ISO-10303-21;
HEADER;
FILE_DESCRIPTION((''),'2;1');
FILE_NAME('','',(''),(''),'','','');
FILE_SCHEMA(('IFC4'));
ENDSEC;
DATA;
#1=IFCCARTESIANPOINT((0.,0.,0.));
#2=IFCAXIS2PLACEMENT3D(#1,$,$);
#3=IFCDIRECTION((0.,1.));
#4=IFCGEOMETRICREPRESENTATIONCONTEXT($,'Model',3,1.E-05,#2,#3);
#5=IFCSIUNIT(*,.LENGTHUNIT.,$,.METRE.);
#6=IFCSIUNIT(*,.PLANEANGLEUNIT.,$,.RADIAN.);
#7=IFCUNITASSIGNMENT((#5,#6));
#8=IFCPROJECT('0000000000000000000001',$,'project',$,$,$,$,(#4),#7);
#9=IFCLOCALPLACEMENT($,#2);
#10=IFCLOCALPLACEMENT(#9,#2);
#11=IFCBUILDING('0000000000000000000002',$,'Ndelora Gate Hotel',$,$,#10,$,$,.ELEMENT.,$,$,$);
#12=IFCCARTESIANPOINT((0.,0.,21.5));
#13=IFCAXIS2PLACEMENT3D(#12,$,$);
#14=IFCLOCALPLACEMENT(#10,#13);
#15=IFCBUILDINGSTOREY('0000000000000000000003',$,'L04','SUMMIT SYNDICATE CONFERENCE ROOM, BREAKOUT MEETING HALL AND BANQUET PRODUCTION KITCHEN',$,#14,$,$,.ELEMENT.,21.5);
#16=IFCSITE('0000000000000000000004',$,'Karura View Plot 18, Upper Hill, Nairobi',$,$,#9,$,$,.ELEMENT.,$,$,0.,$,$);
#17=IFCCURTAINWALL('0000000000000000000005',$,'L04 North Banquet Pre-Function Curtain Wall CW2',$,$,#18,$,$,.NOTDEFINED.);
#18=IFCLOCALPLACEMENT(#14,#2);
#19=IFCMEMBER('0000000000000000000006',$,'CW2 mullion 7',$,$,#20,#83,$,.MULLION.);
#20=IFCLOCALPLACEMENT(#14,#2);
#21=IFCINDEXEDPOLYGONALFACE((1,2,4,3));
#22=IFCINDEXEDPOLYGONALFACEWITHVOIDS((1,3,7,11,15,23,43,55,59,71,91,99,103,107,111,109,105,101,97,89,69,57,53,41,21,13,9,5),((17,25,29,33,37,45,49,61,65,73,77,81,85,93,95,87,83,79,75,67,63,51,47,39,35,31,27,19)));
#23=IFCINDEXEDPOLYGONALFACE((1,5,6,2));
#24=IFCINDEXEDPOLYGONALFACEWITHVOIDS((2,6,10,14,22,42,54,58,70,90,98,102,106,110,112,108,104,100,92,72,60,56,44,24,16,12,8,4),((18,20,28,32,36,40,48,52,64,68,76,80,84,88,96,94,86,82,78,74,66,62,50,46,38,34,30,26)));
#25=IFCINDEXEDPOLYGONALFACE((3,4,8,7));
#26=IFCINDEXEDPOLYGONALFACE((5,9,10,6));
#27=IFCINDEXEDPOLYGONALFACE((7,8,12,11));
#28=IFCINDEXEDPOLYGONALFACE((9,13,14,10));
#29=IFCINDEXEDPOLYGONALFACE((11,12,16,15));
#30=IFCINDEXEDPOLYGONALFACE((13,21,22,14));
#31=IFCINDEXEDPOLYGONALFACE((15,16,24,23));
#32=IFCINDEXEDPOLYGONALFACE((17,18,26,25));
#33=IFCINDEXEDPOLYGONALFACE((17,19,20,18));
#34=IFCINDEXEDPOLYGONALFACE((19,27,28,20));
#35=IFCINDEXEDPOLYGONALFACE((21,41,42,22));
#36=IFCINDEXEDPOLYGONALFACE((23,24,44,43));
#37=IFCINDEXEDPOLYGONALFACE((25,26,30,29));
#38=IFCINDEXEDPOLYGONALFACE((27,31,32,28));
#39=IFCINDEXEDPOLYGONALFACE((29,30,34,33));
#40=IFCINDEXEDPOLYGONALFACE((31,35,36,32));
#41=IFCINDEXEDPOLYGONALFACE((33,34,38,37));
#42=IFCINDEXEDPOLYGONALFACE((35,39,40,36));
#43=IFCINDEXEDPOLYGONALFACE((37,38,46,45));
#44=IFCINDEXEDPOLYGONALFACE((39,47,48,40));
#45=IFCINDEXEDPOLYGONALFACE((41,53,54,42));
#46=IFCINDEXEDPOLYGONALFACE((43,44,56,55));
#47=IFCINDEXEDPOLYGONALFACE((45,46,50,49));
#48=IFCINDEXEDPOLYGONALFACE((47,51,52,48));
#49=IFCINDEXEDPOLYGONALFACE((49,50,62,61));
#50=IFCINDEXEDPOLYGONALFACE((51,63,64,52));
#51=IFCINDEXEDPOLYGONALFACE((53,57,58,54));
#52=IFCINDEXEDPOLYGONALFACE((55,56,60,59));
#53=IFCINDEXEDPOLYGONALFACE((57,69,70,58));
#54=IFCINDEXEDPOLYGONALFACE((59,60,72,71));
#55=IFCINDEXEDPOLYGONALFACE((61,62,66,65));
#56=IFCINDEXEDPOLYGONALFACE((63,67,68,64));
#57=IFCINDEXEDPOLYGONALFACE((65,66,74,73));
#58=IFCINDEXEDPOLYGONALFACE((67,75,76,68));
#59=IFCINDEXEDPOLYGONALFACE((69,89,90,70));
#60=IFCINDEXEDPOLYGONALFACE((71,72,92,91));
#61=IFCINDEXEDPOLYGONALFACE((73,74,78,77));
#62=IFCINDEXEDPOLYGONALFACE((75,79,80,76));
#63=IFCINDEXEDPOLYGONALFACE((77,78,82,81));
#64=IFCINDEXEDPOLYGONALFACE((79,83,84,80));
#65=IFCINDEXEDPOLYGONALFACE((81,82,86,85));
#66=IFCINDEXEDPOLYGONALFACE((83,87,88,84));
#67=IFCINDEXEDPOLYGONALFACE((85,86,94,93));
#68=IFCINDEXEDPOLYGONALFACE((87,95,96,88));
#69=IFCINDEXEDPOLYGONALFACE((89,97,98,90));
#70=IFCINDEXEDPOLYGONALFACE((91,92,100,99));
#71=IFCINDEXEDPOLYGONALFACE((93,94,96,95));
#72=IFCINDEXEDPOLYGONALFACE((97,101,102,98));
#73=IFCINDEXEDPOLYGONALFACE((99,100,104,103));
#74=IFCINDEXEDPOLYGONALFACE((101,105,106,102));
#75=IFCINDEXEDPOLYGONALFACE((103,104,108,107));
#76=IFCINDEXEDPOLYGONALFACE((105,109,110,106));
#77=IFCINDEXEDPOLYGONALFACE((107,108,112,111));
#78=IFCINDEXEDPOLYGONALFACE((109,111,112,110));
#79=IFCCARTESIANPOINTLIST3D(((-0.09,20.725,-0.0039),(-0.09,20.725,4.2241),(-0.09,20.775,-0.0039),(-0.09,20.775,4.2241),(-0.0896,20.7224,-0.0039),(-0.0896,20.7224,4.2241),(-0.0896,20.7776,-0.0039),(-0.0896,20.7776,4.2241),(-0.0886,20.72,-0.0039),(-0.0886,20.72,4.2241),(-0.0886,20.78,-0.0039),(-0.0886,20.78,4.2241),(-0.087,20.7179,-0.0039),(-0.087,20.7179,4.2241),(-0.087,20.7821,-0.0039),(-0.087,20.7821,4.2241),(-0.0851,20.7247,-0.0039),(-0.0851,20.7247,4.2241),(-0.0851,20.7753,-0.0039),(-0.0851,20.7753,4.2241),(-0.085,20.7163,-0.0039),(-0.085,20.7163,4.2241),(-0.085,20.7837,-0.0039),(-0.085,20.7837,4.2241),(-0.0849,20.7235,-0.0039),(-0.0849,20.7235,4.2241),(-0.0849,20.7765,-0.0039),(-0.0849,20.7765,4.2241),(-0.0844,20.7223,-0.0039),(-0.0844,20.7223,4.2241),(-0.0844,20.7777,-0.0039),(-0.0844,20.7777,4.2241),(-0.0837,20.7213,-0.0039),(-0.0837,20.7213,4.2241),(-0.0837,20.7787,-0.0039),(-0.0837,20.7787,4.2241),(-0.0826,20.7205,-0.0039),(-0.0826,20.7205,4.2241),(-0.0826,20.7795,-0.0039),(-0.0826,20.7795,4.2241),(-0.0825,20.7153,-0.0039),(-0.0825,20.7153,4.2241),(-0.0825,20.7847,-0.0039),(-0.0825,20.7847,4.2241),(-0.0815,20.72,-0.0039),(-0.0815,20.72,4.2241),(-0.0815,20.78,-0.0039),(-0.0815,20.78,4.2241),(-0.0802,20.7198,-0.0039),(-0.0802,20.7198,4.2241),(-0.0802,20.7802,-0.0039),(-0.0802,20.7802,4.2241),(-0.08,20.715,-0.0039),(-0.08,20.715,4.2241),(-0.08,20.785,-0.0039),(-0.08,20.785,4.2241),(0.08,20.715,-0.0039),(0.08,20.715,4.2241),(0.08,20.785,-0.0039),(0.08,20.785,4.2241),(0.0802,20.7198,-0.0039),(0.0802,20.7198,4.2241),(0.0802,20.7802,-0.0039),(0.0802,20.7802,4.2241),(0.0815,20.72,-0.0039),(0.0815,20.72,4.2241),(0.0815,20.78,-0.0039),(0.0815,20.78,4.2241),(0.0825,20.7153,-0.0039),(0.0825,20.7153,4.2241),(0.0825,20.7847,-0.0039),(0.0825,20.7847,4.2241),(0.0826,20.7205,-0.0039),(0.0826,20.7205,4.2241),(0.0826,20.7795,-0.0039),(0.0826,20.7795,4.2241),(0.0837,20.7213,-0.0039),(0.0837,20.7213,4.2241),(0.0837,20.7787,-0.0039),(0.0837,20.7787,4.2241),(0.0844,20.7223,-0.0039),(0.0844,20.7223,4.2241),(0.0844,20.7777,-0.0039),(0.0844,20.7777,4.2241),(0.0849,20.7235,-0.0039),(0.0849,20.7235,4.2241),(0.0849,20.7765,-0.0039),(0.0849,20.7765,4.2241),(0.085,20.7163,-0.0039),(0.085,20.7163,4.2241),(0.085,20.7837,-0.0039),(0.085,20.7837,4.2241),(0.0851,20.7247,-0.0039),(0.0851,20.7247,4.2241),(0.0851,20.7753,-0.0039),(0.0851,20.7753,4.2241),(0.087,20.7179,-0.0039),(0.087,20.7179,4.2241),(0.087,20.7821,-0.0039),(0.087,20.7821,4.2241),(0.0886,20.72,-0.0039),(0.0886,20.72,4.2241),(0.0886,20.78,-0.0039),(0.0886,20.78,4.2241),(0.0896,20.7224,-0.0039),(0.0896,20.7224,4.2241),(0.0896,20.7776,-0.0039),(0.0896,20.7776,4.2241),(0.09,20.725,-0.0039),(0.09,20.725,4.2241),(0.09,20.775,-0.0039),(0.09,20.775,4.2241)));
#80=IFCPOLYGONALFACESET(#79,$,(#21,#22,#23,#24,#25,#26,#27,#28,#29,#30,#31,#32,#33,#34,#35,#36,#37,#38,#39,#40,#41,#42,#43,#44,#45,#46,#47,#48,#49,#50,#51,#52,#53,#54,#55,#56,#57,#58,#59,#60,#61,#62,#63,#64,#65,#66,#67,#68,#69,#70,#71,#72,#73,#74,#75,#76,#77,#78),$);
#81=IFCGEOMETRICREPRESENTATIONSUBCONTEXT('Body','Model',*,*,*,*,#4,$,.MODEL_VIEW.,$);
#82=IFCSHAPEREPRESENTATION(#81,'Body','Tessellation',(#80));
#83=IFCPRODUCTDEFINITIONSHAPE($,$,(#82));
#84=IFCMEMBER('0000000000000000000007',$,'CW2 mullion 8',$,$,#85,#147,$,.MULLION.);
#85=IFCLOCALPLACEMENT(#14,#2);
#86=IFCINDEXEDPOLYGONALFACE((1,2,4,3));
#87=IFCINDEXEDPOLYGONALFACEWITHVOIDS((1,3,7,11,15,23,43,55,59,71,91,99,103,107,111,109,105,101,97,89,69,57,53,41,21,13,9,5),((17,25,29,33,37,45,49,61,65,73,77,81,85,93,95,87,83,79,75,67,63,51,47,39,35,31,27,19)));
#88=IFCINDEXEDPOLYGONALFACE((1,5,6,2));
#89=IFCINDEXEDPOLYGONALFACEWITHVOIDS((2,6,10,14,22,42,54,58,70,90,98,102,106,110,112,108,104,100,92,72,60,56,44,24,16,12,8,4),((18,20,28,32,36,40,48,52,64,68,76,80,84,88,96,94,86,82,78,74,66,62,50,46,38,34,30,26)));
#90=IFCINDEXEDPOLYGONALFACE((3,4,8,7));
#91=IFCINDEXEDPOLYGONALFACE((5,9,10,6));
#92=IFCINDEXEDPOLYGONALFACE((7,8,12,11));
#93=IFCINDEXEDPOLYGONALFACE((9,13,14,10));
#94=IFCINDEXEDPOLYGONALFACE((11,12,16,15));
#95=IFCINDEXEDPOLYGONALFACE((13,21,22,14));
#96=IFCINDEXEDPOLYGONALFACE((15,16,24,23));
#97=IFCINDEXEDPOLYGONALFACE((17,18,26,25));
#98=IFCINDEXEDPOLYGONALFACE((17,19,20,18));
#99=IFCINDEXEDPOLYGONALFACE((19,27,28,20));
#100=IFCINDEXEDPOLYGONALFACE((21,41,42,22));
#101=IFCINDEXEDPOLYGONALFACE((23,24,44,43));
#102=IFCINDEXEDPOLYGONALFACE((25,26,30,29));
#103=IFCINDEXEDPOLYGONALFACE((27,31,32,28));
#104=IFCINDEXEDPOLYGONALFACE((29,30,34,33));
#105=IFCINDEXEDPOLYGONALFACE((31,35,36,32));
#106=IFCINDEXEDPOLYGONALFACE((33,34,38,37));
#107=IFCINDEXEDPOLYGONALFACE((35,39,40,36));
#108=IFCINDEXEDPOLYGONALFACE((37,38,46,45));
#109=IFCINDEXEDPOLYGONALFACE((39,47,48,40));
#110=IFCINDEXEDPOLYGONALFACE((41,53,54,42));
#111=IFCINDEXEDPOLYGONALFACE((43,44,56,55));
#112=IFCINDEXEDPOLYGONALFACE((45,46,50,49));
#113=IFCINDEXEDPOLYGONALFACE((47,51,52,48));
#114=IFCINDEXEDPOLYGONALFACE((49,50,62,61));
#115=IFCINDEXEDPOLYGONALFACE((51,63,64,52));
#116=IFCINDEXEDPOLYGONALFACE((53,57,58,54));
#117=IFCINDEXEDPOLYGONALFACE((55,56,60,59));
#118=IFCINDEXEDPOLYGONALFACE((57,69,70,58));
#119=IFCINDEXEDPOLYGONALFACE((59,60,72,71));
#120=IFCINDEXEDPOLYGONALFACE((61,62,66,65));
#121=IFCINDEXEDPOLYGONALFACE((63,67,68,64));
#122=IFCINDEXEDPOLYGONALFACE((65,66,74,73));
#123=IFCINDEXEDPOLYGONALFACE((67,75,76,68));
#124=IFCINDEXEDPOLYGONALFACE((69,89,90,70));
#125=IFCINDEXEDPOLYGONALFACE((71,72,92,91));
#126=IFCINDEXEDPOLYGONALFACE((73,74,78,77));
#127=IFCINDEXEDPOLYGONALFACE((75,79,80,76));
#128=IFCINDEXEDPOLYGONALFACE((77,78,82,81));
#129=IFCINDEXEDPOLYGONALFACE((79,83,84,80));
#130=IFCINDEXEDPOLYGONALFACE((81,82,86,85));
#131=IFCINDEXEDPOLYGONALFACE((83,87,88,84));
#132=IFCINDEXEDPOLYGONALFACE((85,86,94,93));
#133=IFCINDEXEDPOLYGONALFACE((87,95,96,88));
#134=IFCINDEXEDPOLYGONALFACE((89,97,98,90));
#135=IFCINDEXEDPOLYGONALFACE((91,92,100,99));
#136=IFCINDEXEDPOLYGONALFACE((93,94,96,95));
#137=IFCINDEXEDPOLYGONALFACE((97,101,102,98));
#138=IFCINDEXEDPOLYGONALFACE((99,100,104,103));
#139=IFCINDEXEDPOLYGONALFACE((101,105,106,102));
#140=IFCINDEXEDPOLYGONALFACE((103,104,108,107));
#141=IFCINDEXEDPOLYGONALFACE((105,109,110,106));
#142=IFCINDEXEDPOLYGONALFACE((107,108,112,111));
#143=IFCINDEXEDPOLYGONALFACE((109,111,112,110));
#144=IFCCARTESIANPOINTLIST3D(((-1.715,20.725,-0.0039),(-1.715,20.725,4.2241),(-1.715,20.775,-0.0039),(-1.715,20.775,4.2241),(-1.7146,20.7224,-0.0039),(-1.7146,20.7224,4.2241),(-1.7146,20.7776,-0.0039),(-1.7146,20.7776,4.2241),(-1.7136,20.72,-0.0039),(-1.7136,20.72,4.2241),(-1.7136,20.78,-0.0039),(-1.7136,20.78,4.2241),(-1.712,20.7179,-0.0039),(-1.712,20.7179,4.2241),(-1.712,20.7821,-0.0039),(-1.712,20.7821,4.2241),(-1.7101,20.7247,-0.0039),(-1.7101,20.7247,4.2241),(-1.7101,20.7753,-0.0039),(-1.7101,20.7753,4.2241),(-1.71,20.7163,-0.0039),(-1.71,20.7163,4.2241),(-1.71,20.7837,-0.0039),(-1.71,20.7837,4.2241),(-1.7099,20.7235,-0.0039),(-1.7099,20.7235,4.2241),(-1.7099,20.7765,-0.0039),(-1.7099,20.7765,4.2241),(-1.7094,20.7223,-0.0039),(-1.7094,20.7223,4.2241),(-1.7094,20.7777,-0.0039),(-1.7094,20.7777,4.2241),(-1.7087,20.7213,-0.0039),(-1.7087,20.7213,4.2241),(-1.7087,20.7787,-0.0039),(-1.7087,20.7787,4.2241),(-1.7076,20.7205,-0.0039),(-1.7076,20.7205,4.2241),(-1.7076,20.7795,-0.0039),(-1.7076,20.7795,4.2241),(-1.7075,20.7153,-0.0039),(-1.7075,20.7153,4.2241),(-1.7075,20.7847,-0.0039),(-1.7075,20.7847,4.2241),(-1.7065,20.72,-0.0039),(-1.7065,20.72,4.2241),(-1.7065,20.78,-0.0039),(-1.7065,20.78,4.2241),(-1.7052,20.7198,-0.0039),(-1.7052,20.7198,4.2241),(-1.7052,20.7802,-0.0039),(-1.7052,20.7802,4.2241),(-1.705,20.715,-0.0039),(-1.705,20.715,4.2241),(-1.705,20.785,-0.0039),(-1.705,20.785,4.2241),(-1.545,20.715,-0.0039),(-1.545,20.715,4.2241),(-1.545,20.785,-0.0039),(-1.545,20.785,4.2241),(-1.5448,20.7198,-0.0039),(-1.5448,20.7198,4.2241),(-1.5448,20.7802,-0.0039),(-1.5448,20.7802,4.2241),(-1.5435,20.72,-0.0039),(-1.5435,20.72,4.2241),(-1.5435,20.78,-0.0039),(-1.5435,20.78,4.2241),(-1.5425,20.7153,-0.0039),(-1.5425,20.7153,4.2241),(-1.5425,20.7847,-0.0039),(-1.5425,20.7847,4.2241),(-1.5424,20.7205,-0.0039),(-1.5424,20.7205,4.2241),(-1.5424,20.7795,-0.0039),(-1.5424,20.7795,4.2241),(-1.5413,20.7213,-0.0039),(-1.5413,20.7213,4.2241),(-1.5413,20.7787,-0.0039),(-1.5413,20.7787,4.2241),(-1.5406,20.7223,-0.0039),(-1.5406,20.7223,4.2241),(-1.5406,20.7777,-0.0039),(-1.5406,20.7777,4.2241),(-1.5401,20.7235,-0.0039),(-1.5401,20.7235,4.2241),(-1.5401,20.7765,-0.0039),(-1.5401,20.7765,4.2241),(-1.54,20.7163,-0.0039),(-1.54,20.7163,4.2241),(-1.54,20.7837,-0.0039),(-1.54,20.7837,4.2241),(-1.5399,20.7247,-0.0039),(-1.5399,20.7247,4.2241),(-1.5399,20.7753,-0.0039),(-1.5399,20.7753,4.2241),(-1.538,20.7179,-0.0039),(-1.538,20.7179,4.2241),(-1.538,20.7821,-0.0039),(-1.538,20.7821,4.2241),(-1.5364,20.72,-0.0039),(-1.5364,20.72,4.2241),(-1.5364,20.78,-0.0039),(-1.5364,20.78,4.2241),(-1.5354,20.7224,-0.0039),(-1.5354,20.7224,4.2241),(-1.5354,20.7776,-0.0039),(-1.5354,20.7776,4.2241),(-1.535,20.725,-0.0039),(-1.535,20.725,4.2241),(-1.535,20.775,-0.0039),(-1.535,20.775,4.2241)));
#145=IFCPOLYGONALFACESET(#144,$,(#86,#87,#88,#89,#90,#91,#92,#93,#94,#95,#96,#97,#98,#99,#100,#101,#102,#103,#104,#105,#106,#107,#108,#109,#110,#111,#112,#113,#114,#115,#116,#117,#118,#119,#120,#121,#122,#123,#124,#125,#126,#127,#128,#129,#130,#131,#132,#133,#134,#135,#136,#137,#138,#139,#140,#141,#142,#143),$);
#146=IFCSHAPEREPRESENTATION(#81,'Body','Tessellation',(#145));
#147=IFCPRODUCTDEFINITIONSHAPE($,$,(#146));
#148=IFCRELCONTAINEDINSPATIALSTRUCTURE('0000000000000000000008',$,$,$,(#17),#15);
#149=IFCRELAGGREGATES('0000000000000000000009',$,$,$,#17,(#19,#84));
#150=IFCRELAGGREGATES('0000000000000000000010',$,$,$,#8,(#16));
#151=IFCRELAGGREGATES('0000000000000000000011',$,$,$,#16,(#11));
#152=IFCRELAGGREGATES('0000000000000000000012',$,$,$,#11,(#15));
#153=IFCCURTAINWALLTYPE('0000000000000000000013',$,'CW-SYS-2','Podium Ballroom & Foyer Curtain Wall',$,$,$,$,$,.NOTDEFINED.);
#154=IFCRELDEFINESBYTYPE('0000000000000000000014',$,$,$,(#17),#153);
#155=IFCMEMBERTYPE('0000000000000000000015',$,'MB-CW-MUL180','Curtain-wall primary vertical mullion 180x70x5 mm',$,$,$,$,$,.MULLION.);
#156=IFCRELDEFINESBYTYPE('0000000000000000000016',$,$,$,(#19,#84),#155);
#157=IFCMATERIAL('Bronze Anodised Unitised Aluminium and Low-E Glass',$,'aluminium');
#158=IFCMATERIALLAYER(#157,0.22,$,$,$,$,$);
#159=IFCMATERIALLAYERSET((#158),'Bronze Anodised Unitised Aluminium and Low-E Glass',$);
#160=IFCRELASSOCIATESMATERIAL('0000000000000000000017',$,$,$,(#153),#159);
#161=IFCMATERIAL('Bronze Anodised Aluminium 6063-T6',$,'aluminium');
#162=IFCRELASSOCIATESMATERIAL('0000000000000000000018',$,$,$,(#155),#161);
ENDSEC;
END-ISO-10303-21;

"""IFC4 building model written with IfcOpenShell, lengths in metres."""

from ifc_helpers import new_model, si_unit, direction, frame, origin, origin_2d, place, context, subcontext, project, spatial, hollow_rectangle, extrude, material, layer, layer_set, material_profile, profile_set, type_object, element, aggregate, save


model = new_model("IFC4")

# Units and contexts
model_context = context("Model", 3, precision=1e-05, world=origin(), true_north=direction((0.0, 1.0)))
body_context = subcontext(model_context, "Body", "Model", "MODEL_VIEW")
ifc_project = project(units=[si_unit("LENGTHUNIT", "METRE"), si_unit("PLANEANGLEUNIT", "RADIAN")], contexts=[model_context])

# Site, building, storey
site_placement = place(None, origin())
site = spatial("IfcSite", under=ifc_project, at=site_placement, Name="Karura View Plot 18, Upper Hill, Nairobi", CompositionType="ELEMENT", RefElevation=0.0)
building_placement = place(site_placement, origin())
building = spatial("IfcBuilding", under=site, at=building_placement, Name="Ndelora Gate Hotel", CompositionType="ELEMENT")
storey_placement = place(building_placement, frame((0.0, 0.0, 21.5)))
storey = spatial("IfcBuildingStorey", under=building, at=storey_placement, Name="L04", Description="SUMMIT SYNDICATE CONFERENCE ROOM, BREAKOUT MEETING HALL AND BANQUET PRODUCTION KITCHEN", CompositionType="ELEMENT", Elevation=21.5)

# Curtain wall, members
ifc_material_1 = material(Name="Bronze Anodised Unitised Aluminium and Low-E Glass", Category="aluminium")
ifc_layer_1 = layer(ifc_material_1, 0.22)
ifc_layer_set_1 = layer_set([ifc_layer_1], Name="Bronze Anodised Unitised Aluminium and Low-E Glass")
curtain_wall_type = type_object("IfcCurtainWallType", Name="CW-SYS-2", Description="Podium Ballroom & Foyer Curtain Wall", PredefinedType="NOTDEFINED", material=ifc_layer_set_1)
curtain_wall_placement = place(storey_placement, origin())
curtain_wall = element("IfcCurtainWall", 1, at=curtain_wall_placement, inside=storey, type_object=curtain_wall_type, Name="L04 North Banquet Pre-Function Curtain Wall CW2", PredefinedType="NOTDEFINED")
ifc_material_2 = material(Name="Bronze Anodised Aluminium 6063-T6", Category="aluminium")
ifc_material_profile_1 = material_profile(ifc_material_2, hollow_rectangle(XDim=0.0701, YDim=0.1799, WallThickness=0.0049, InnerFilletRadius=0.0049, OuterFilletRadius=0.01, at=origin_2d()), Name="ALU 180x70x5")
ifc_profile_set_1 = profile_set([ifc_material_profile_1], Name="Bronze Anodised Aluminium 6063-T6")
member_type_1 = type_object("IfcMemberType", Name="MB-CW-MUL180", Description="Curtain-wall primary vertical mullion 180x70x5 mm", PredefinedType="MULLION", material=ifc_profile_set_1)
member_1_placement = place(storey_placement, frame((0.0, 20.75, -0.0039), z_axis=(0.0, 0.0, 1.0), x_axis=(0.0, -1.0, 0.0)))
member_1 = element("IfcMember", 2, at=member_1_placement, type_object=member_type_1, Name="CW2 mullion 7", PredefinedType="MULLION", context=body_context, shape_type="SweptSolid", body=[
    extrude(hollow_rectangle(XDim=0.0701, YDim=0.1799, WallThickness=0.0049, InnerFilletRadius=0.0049, OuterFilletRadius=0.01, at=origin_2d()), origin(), (0.0, 0.0, 1.0), 4.228),
])
member_2_placement = place(storey_placement, frame((-1.625, 20.75, -0.0039), z_axis=(0.0, 0.0, 1.0), x_axis=(0.0, -1.0, 0.0)))
member_2 = element("IfcMember", 3, at=member_2_placement, type_object=member_type_1, Name="CW2 mullion 8", PredefinedType="MULLION", context=body_context, shape_type="SweptSolid", body=[
    extrude(hollow_rectangle(XDim=0.0701, YDim=0.1799, WallThickness=0.0049, InnerFilletRadius=0.0049, OuterFilletRadius=0.01, at=origin_2d()), origin(), (0.0, 0.0, 1.0), 4.228),
])
aggregate(curtain_wall, [member_1, member_2])

save(model, "model.ifc")
